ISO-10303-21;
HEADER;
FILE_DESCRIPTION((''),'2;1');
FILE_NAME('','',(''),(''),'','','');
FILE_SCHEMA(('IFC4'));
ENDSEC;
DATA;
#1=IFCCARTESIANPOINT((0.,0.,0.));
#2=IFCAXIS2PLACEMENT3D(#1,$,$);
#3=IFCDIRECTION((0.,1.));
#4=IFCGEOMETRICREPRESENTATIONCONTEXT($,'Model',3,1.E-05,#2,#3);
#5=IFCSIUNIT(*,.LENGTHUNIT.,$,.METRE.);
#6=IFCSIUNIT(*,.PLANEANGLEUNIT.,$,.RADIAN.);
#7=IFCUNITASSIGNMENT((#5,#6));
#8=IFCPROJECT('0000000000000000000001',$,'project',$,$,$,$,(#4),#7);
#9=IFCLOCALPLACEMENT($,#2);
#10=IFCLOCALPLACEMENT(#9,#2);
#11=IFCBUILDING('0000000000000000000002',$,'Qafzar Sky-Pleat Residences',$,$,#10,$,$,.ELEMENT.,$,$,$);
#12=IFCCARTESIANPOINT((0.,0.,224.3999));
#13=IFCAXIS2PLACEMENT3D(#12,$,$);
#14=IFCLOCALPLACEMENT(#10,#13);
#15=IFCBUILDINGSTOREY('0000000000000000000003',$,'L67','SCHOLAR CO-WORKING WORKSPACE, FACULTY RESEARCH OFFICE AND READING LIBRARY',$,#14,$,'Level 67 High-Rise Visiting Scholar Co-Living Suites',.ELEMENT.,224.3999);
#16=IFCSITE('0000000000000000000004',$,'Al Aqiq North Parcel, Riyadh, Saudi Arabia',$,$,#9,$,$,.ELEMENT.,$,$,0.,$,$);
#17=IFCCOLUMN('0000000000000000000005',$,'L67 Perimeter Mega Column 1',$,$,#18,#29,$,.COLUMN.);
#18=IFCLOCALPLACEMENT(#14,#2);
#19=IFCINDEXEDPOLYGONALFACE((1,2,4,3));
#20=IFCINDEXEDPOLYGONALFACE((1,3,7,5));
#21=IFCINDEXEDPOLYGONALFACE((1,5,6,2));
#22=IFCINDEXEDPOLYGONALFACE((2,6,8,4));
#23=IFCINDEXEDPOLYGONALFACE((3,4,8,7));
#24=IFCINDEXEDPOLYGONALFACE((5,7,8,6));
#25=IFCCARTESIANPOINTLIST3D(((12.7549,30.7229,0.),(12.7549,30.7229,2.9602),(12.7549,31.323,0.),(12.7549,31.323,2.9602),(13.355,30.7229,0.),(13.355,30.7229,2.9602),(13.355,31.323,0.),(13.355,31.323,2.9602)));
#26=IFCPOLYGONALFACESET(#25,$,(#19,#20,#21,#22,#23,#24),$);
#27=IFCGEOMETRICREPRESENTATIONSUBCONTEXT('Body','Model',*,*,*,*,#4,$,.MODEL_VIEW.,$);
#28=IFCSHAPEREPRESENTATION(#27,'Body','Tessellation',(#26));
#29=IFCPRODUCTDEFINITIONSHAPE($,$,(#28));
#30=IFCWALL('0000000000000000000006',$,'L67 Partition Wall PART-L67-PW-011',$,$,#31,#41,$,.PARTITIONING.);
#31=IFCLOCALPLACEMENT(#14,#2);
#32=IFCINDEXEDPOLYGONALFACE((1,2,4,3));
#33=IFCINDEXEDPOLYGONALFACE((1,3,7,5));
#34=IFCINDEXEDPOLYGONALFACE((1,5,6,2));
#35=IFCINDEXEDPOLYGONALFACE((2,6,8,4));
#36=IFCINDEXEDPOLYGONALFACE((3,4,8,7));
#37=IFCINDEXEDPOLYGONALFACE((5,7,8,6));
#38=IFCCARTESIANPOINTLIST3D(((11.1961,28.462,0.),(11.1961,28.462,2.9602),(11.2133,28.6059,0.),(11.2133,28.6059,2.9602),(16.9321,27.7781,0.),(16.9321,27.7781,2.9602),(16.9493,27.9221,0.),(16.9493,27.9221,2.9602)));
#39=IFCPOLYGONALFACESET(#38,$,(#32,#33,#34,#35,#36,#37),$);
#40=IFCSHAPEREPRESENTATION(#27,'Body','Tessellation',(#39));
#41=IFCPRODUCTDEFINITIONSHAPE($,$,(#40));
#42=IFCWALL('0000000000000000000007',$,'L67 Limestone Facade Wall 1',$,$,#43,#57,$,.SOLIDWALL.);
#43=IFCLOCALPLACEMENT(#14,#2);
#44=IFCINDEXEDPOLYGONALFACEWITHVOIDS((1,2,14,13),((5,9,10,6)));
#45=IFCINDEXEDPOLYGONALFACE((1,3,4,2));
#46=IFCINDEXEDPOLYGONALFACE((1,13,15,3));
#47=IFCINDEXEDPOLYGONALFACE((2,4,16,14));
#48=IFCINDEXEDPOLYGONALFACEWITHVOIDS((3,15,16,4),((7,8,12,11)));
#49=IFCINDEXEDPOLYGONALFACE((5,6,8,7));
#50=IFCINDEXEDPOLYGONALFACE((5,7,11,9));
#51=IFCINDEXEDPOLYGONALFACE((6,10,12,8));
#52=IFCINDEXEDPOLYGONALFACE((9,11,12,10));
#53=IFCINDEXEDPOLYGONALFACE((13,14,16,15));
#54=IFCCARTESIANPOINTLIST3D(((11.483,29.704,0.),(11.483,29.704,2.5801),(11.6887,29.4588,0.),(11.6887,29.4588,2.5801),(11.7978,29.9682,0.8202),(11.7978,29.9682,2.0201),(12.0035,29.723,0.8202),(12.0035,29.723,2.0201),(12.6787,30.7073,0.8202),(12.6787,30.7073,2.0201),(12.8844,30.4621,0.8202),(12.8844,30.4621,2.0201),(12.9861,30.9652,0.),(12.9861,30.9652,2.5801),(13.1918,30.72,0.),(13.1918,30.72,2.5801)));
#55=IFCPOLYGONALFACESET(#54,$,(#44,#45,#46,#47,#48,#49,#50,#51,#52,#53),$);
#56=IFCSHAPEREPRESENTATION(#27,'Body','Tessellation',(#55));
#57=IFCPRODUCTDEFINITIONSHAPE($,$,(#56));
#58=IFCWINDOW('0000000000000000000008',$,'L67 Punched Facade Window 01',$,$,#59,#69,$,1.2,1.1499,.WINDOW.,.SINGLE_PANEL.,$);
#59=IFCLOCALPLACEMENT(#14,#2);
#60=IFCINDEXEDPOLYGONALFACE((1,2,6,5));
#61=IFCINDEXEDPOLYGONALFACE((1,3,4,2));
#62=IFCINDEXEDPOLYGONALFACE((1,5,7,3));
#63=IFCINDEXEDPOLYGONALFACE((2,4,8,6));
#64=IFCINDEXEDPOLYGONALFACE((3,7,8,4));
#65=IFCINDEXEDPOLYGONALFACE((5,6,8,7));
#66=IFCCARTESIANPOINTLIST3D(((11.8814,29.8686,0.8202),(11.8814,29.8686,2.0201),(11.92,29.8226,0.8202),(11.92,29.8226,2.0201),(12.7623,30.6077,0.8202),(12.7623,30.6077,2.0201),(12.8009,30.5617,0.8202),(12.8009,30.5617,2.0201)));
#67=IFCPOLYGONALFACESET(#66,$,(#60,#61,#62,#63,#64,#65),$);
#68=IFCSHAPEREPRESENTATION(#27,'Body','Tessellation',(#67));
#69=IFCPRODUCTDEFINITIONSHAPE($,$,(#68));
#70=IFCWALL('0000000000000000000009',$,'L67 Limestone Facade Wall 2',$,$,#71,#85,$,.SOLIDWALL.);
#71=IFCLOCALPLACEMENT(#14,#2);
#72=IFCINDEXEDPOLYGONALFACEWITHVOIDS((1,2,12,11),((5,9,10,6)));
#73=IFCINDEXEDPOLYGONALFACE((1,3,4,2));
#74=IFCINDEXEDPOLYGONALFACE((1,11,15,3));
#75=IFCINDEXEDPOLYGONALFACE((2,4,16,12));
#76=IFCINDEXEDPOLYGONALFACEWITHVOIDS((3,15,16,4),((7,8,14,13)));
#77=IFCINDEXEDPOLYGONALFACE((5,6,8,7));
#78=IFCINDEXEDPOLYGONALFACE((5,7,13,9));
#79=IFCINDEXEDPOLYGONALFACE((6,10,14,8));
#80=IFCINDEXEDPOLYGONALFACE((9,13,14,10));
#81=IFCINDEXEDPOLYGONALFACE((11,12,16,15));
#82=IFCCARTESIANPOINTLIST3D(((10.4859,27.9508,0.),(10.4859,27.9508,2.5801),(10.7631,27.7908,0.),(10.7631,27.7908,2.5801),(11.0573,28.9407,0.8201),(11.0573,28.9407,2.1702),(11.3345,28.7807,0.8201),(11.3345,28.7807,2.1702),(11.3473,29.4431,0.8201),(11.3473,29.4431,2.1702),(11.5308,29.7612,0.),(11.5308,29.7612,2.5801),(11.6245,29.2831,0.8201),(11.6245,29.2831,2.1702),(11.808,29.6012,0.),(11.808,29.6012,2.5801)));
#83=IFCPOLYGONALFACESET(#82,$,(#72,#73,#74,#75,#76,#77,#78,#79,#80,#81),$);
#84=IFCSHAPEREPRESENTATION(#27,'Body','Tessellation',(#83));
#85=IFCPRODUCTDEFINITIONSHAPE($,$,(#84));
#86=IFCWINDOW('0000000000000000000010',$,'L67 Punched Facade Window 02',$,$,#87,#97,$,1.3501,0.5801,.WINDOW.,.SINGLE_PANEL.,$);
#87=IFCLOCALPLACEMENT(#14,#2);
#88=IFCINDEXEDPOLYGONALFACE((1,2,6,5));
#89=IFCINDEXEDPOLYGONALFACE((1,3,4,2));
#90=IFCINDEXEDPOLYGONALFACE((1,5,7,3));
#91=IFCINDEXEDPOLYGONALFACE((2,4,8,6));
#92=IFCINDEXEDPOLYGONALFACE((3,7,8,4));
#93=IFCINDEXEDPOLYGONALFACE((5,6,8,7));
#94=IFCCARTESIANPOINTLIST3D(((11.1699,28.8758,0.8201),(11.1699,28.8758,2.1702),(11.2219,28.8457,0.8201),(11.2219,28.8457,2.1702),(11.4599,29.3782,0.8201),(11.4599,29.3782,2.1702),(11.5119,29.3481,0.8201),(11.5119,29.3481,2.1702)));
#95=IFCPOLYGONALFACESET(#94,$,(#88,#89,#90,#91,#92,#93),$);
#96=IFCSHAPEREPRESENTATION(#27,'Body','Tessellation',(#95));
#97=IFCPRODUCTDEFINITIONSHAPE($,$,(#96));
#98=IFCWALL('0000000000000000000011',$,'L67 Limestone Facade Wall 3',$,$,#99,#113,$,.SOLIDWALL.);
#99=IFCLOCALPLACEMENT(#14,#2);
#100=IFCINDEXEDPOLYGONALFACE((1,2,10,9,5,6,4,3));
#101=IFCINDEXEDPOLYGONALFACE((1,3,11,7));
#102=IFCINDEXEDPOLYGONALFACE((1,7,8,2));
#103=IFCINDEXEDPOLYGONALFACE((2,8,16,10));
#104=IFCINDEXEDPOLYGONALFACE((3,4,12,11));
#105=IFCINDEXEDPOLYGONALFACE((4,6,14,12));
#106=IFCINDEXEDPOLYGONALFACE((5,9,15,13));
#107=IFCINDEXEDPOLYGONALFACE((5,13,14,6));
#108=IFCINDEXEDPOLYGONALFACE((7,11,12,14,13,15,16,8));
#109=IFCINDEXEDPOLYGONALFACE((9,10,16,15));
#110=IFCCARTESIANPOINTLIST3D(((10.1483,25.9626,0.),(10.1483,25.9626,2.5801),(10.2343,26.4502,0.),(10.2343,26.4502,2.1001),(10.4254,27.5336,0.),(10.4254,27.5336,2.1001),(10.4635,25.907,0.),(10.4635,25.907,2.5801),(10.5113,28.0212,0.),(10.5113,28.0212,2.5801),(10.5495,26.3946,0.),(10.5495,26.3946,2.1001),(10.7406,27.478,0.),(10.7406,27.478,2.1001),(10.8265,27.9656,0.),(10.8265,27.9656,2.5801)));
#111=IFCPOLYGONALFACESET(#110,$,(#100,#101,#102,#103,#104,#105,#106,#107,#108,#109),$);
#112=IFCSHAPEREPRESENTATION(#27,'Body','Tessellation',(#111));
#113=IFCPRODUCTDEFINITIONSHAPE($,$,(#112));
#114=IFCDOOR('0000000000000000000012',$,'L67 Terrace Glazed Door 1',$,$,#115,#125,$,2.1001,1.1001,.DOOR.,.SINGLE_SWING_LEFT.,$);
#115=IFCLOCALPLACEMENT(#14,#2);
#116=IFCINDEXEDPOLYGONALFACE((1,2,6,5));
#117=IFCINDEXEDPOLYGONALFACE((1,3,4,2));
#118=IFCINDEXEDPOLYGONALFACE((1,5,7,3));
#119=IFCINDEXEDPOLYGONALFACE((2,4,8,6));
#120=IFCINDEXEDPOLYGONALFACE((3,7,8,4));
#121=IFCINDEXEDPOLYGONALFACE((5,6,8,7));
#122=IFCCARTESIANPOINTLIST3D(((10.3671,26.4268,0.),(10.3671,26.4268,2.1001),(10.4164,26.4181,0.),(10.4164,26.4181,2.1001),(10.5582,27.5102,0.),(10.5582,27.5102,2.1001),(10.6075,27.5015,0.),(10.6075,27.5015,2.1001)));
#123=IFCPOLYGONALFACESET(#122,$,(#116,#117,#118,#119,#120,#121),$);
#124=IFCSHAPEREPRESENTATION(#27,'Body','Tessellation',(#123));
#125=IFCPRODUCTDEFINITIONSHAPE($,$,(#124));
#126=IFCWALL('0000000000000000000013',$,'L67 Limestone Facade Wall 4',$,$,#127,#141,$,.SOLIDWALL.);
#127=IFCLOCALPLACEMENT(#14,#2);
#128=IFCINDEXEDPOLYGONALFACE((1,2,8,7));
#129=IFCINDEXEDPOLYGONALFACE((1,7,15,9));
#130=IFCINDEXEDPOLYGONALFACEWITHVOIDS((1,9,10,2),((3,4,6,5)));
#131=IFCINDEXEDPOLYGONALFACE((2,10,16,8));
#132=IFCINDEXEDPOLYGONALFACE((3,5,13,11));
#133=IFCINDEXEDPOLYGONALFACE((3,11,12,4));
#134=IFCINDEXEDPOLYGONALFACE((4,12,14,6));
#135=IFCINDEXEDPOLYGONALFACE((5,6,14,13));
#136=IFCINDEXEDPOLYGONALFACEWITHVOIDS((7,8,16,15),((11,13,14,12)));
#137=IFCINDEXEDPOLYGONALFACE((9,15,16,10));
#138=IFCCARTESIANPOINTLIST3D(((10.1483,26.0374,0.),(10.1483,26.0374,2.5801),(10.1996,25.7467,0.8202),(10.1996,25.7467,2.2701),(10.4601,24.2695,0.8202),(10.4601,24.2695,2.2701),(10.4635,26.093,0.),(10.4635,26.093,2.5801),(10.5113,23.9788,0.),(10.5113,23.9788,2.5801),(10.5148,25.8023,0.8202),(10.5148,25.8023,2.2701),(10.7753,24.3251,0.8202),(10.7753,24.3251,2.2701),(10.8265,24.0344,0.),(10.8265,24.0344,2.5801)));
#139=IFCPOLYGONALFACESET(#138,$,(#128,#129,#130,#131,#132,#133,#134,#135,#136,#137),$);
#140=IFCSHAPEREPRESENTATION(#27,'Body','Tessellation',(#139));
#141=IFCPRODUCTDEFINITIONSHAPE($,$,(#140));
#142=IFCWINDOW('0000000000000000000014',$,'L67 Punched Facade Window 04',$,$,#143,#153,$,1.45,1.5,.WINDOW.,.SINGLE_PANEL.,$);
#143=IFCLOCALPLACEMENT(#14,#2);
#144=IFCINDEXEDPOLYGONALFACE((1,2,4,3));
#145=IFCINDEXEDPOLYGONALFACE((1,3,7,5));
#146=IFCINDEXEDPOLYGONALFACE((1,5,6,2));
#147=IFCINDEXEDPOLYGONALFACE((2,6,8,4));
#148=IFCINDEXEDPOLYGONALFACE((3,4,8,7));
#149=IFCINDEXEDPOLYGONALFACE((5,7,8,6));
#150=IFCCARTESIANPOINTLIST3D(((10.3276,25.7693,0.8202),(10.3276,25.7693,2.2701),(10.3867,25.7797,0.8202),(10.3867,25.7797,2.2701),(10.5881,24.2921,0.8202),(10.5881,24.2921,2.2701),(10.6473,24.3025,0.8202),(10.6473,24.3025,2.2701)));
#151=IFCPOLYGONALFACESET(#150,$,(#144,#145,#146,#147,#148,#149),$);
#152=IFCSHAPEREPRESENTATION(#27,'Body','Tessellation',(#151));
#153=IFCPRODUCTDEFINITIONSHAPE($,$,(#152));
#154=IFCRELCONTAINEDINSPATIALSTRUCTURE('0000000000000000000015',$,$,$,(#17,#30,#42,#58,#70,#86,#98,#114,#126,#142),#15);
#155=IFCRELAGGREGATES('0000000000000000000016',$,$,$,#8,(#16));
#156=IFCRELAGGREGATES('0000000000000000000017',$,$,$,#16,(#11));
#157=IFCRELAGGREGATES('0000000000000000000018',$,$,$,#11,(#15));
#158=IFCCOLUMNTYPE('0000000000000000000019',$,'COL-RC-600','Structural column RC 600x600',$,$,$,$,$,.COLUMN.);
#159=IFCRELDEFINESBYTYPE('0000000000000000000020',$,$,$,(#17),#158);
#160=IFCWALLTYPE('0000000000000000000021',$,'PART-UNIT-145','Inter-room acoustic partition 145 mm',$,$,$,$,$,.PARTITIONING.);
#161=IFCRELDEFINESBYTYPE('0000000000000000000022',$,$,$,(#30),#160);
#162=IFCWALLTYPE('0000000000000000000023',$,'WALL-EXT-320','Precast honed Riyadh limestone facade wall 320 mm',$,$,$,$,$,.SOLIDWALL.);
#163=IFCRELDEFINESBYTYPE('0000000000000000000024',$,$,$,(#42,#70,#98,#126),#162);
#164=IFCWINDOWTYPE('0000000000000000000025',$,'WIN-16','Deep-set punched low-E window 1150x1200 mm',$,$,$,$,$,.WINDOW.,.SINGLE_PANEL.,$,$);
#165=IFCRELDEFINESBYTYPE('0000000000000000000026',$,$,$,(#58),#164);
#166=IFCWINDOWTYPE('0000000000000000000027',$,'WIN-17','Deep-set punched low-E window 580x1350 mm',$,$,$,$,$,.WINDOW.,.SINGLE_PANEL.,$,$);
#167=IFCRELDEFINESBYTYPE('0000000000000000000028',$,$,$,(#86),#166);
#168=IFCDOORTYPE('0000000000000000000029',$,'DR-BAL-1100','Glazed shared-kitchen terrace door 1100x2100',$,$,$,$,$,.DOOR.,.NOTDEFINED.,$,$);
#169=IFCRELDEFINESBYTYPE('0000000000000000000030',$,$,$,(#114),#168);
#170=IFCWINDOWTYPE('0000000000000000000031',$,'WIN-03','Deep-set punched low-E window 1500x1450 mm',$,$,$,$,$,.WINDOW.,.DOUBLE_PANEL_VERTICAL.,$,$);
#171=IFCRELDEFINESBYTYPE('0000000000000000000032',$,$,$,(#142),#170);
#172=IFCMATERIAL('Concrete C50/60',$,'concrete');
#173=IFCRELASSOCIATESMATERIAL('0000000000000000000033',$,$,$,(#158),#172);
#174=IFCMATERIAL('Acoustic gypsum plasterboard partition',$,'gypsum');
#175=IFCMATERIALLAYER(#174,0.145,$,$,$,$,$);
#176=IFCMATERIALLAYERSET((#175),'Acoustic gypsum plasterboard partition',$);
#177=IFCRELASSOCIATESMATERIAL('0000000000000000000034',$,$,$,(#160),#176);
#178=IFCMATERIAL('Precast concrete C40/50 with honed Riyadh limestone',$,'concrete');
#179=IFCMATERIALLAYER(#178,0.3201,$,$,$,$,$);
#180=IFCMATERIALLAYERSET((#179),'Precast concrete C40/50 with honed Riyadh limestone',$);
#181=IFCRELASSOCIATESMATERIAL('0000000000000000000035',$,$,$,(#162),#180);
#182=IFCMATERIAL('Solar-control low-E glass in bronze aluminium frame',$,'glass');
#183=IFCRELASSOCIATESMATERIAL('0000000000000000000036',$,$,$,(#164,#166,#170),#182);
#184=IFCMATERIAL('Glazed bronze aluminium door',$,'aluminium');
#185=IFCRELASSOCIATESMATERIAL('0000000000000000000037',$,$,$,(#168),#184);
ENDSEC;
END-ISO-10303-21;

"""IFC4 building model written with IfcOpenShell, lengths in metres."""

from ifc_helpers import new_model, si_unit, direction, frame, frame_2d, origin, origin_2d, place, context, subcontext, project, spatial, rectangle, extrude, source, transform, mapped, material, layer, layer_set, material_profile, profile_set, type_object, element, fill, save


model = new_model("IFC4")

# Units and contexts
model_context = context("Model", 3, precision=1e-05, world=origin(), true_north=direction((0.0, 1.0)))
body_context = subcontext(model_context, "Body", "Model", "MODEL_VIEW")
ifc_project = project(units=[si_unit("LENGTHUNIT", "METRE"), si_unit("PLANEANGLEUNIT", "RADIAN")], contexts=[model_context])

# Site, building, storey
site_placement = place(None, origin())
site = spatial("IfcSite", under=ifc_project, at=site_placement, Name="Al Aqiq North Parcel, Riyadh, Saudi Arabia", CompositionType="ELEMENT", RefElevation=0.0)
building_placement = place(site_placement, origin())
building = spatial("IfcBuilding", under=site, at=building_placement, Name="Qafzar Sky-Pleat Residences", CompositionType="ELEMENT")
storey_placement = place(building_placement, frame((0.0, 0.0, 224.3999)))
storey = spatial("IfcBuildingStorey", under=building, at=storey_placement, Name="L67", Description="SCHOLAR CO-WORKING WORKSPACE, FACULTY RESEARCH OFFICE AND READING LIBRARY", LongName="Level 67 High-Rise Visiting Scholar Co-Living Suites", CompositionType="ELEMENT", Elevation=224.3999)

# Column
ifc_material_1 = material(Name="Concrete C50/60", Category="concrete")
ifc_material_profile = material_profile(ifc_material_1, rectangle(XDim=0.6001, YDim=0.6001, at=origin_2d()), Name="RC 600x600")
ifc_profile_set = profile_set([ifc_material_profile], Name="Concrete C50/60")
column_type = type_object("IfcColumnType", Name="COL-RC-600", Description="Structural column RC 600x600", PredefinedType="COLUMN", material=ifc_profile_set)
shared_shape_1 = source(origin(), body_context, "Body", "SweptSolid", [
    extrude(rectangle(XDim=0.6001, YDim=0.6001, at=origin_2d()), origin(), (0.0, 0.0, 1.0), 2.9602),
])
column_placement = place(storey_placement, frame((13.0549, 31.0229, 0.0), z_axis=(0.0, 0.0, 1.0), x_axis=(1.0, 0.0, 0.0)))
element("IfcColumn", 1, at=column_placement, inside=storey, type_object=column_type, Name="L67 Perimeter Mega Column 1", PredefinedType="COLUMN", context=body_context, shape_type="MappedRepresentation", body=[
    mapped(shared_shape_1, transform((0.0, 0.0, 0.0), x_axis=(1.0, 0.0, 0.0), y_axis=(0.0, 1.0, 0.0), z_axis=(0.0, 0.0, 1.0), scale=1.0)),
])

# Wall
ifc_material_2 = material(Name="Acoustic gypsum plasterboard partition", Category="gypsum")
ifc_layer_1 = layer(ifc_material_2, 0.145)
ifc_layer_set_1 = layer_set([ifc_layer_1], Name="Acoustic gypsum plasterboard partition")
wall_type_1 = type_object("IfcWallType", Name="PART-UNIT-145", Description="Inter-room acoustic partition 145 mm", PredefinedType="PARTITIONING", material=ifc_layer_set_1)
wall_1_placement = place(storey_placement, frame((11.2048, 28.5339, 0.0), z_axis=(0.0, 0.0, 1.0), x_axis=(0.992969, -0.118379, 0.0)))
element("IfcWall", 2, at=wall_1_placement, inside=storey, type_object=wall_type_1, Name="L67 Partition Wall PART-L67-PW-011", PredefinedType="PARTITIONING", context=body_context, shape_type="SweptSolid", body=[
    extrude(rectangle(XDim=5.7766, YDim=0.145, at=frame_2d((2.8882, 0.0))), origin(), (0.0, 0.0, 1.0), 2.9602),
])

# Walls, openings, windows
ifc_material_3 = material(Name="Precast concrete C40/50 with honed Riyadh limestone", Category="concrete")
ifc_layer_2 = layer(ifc_material_3, 0.3201)
ifc_layer_set_2 = layer_set([ifc_layer_2], Name="Precast concrete C40/50 with honed Riyadh limestone")
wall_type_2 = type_object("IfcWallType", Name="WALL-EXT-320", Description="Precast honed Riyadh limestone facade wall 320 mm", PredefinedType="SOLIDWALL", material=ifc_layer_set_2)
wall_2_placement = place(storey_placement, frame((13.0889, 30.8425, 0.0), z_axis=(0.0, 0.0, 1.0), x_axis=(-0.766065, -0.642763, 0.0)))
wall_2 = element("IfcWall", 3, at=wall_2_placement, inside=storey, type_object=wall_type_2, Name="L67 Limestone Facade Wall 1", PredefinedType="SOLIDWALL", context=body_context, shape_type="SweptSolid", body=[
    extrude(rectangle(XDim=1.9622, YDim=0.3201, at=frame_2d((0.981, 0.0))), origin(), (0.0, 0.0, 1.0), 2.5801),
])
opening_1_placement = place(wall_2_placement, frame((0.4011, 0.0, 0.8201)))
opening_1 = element("IfcOpeningElement", 4, at=opening_1_placement, cuts=wall_2, PredefinedType="OPENING", context=body_context, shape_type="SweptSolid", body=[
    extrude(rectangle(XDim=1.1499, YDim=1.2, at=frame_2d((0.575, 0.6001))), frame((0.0, 0.1699, 0.0), z_axis=(0.0, -1.0, 0.0), x_axis=(1.0, 0.0, 0.0)), (0.0, 0.0, 1.0), 0.3401),
])
ifc_material_4 = material(Name="Solar-control low-E glass in bronze aluminium frame", Category="glass")
window_type_1 = type_object("IfcWindowType", Name="WIN-16", Description="Deep-set punched low-E window 1150x1200 mm", PartitioningType="SINGLE_PANEL", PredefinedType="WINDOW", material=ifc_material_4)
shared_shape_2 = source(origin(), body_context, "Body", "SweptSolid", [
    extrude(rectangle(XDim=1.1499, YDim=1.2, at=frame_2d((0.575, 0.6001))), frame((0.0, 0.03, 0.0), z_axis=(0.0, -1.0, 0.0), x_axis=(1.0, 0.0, 0.0)), (0.0, 0.0, 1.0), 0.0601),
])
window_1_placement = place(opening_1_placement, origin())
window_1 = element("IfcWindow", 5, at=window_1_placement, inside=storey, type_object=window_type_1, Name="L67 Punched Facade Window 01", OverallHeight=1.2, OverallWidth=1.1499, PartitioningType="SINGLE_PANEL", PredefinedType="WINDOW", context=body_context, shape_type="MappedRepresentation", body=[
    mapped(shared_shape_2, transform((0.0, 0.0, 0.0), x_axis=(1.0, 0.0, 0.0), y_axis=(0.0, 1.0, 0.0), z_axis=(0.0, 0.0, 1.0), scale=1.0)),
])
fill(opening_1, window_1)
wall_3_placement = place(storey_placement, frame((11.6694, 29.6812, 0.0), z_axis=(0.0, 0.0, 1.0), x_axis=(-0.499908, -0.866079, 0.0)))
wall_3 = element("IfcWall", 6, at=wall_3_placement, inside=storey, type_object=wall_type_2, Name="L67 Limestone Facade Wall 2", PredefinedType="SOLIDWALL", context=body_context, shape_type="SweptSolid", body=[
    extrude(rectangle(XDim=2.0903, YDim=0.3201, at=frame_2d((1.0452, 0.0))), origin(), (0.0, 0.0, 1.0), 2.5801),
])
opening_2_placement = place(wall_3_placement, frame((0.3672, 0.0, 0.8201)))
opening_2 = element("IfcOpeningElement", 7, at=opening_2_placement, cuts=wall_3, PredefinedType="OPENING", context=body_context, shape_type="SweptSolid", body=[
    extrude(rectangle(XDim=0.5801, YDim=1.3501, at=frame_2d((0.29, 0.675))), frame((0.0, 0.1699, 0.0), z_axis=(0.0, -1.0, 0.0), x_axis=(1.0, 0.0, 0.0)), (0.0, 0.0, 1.0), 0.3401),
])
window_type_2 = type_object("IfcWindowType", Name="WIN-17", Description="Deep-set punched low-E window 580x1350 mm", PartitioningType="SINGLE_PANEL", PredefinedType="WINDOW", material=ifc_material_4)
shared_shape_3 = source(origin(), body_context, "Body", "SweptSolid", [
    extrude(rectangle(XDim=0.5801, YDim=1.3501, at=frame_2d((0.29, 0.675))), frame((0.0, 0.03, 0.0), z_axis=(0.0, -1.0, 0.0), x_axis=(1.0, 0.0, 0.0)), (0.0, 0.0, 1.0), 0.0601),
])
window_2_placement = place(opening_2_placement, origin())
window_2 = element("IfcWindow", 8, at=window_2_placement, inside=storey, type_object=window_type_2, Name="L67 Punched Facade Window 02", OverallHeight=1.3501, OverallWidth=0.5801, PartitioningType="SINGLE_PANEL", PredefinedType="WINDOW", context=body_context, shape_type="MappedRepresentation", body=[
    mapped(shared_shape_3, transform((0.0, 0.0, 0.0), x_axis=(1.0, 0.0, 0.0), y_axis=(0.0, 1.0, 0.0), z_axis=(0.0, 0.0, 1.0), scale=1.0)),
])
fill(opening_2, window_2)

# Wall, opening, door
wall_4_placement = place(storey_placement, frame((10.6689, 27.9934, 0.0), z_axis=(0.0, 0.0, 1.0), x_axis=(-0.173672, -0.984804, 0.0)))
wall_4 = element("IfcWall", 9, at=wall_4_placement, inside=storey, type_object=wall_type_2, Name="L67 Limestone Facade Wall 3", PredefinedType="SOLIDWALL", context=body_context, shape_type="SweptSolid", body=[
    extrude(rectangle(XDim=2.0903, YDim=0.3201, at=frame_2d((1.0452, 0.0))), origin(), (0.0, 0.0, 1.0), 2.5801),
])
opening_3_placement = place(wall_4_placement, frame((0.4951, 0.0, 0.0)))
opening_3 = element("IfcOpeningElement", 10, at=opening_3_placement, cuts=wall_4, PredefinedType="OPENING", context=body_context, shape_type="SweptSolid", body=[
    extrude(rectangle(XDim=1.1001, YDim=2.1001, at=frame_2d((0.55, 1.05))), frame((0.0, 0.1699, 0.0), z_axis=(0.0, -1.0, 0.0), x_axis=(1.0, 0.0, 0.0)), (0.0, 0.0, 1.0), 0.3401),
])
ifc_material_5 = material(Name="Glazed bronze aluminium door", Category="aluminium")
door_type = type_object("IfcDoorType", Name="DR-BAL-1100", Description="Glazed shared-kitchen terrace door 1100x2100", OperationType="NOTDEFINED", PredefinedType="DOOR", material=ifc_material_5)
shared_shape_4 = source(origin(), body_context, "Body", "SweptSolid", [
    extrude(rectangle(XDim=1.1001, YDim=2.1001, at=frame_2d((0.55, 1.05))), frame((0.0, 0.0249, 0.0), z_axis=(0.0, -1.0, 0.0), x_axis=(1.0, 0.0, 0.0)), (0.0, 0.0, 1.0), 0.05),
])
door_placement = place(opening_3_placement, origin())
door = element("IfcDoor", 11, at=door_placement, inside=storey, type_object=door_type, Name="L67 Terrace Glazed Door 1", OperationType="SINGLE_SWING_LEFT", OverallHeight=2.1001, OverallWidth=1.1001, PredefinedType="DOOR", context=body_context, shape_type="MappedRepresentation", body=[
    mapped(shared_shape_4, transform((0.0, 0.0, 0.0), x_axis=(1.0, 0.0, 0.0), y_axis=(0.0, 1.0, 0.0), z_axis=(0.0, 0.0, 1.0), scale=1.0)),
])
fill(opening_3, door)

# Wall, opening, window
wall_5_placement = place(storey_placement, frame((10.3059, 26.0652, 0.0), z_axis=(0.0, 0.0, 1.0), x_axis=(0.173672, -0.984804, 0.0)))
wall_5 = element("IfcWall", 12, at=wall_5_placement, inside=storey, type_object=wall_type_2, Name="L67 Limestone Facade Wall 4", PredefinedType="SOLIDWALL", context=body_context, shape_type="SweptSolid", body=[
    extrude(rectangle(XDim=2.0903, YDim=0.3201, at=frame_2d((1.0452, 0.0))), origin(), (0.0, 0.0, 1.0), 2.5801),
])
opening_4_placement = place(wall_5_placement, frame((0.2952, 0.0, 0.8201)))
opening_4 = element("IfcOpeningElement", 13, at=opening_4_placement, cuts=wall_5, PredefinedType="OPENING", context=body_context, shape_type="SweptSolid", body=[
    extrude(rectangle(XDim=1.5, YDim=1.45, at=frame_2d((0.75, 0.7251))), frame((0.0, 0.1699, 0.0), z_axis=(0.0, -1.0, 0.0), x_axis=(1.0, 0.0, 0.0)), (0.0, 0.0, 1.0), 0.3401),
])
window_type_3 = type_object("IfcWindowType", Name="WIN-03", Description="Deep-set punched low-E window 1500x1450 mm", PartitioningType="DOUBLE_PANEL_VERTICAL", PredefinedType="WINDOW", material=ifc_material_4)
shared_shape_5 = source(origin(), body_context, "Body", "SweptSolid", [
    extrude(rectangle(XDim=1.5, YDim=1.45, at=frame_2d((0.75, 0.7251))), frame((0.0, 0.03, 0.0), z_axis=(0.0, -1.0, 0.0), x_axis=(1.0, 0.0, 0.0)), (0.0, 0.0, 1.0), 0.0601),
])
window_3_placement = place(opening_4_placement, origin())
window_3 = element("IfcWindow", 14, at=window_3_placement, inside=storey, type_object=window_type_3, Name="L67 Punched Facade Window 04", OverallHeight=1.45, OverallWidth=1.5, PartitioningType="SINGLE_PANEL", PredefinedType="WINDOW", context=body_context, shape_type="MappedRepresentation", body=[
    mapped(shared_shape_5, transform((0.0, 0.0, 0.0), x_axis=(1.0, 0.0, 0.0), y_axis=(0.0, 1.0, 0.0), z_axis=(0.0, 0.0, 1.0), scale=1.0)),
])
fill(opening_4, window_3)

save(model, "model.ifc")
